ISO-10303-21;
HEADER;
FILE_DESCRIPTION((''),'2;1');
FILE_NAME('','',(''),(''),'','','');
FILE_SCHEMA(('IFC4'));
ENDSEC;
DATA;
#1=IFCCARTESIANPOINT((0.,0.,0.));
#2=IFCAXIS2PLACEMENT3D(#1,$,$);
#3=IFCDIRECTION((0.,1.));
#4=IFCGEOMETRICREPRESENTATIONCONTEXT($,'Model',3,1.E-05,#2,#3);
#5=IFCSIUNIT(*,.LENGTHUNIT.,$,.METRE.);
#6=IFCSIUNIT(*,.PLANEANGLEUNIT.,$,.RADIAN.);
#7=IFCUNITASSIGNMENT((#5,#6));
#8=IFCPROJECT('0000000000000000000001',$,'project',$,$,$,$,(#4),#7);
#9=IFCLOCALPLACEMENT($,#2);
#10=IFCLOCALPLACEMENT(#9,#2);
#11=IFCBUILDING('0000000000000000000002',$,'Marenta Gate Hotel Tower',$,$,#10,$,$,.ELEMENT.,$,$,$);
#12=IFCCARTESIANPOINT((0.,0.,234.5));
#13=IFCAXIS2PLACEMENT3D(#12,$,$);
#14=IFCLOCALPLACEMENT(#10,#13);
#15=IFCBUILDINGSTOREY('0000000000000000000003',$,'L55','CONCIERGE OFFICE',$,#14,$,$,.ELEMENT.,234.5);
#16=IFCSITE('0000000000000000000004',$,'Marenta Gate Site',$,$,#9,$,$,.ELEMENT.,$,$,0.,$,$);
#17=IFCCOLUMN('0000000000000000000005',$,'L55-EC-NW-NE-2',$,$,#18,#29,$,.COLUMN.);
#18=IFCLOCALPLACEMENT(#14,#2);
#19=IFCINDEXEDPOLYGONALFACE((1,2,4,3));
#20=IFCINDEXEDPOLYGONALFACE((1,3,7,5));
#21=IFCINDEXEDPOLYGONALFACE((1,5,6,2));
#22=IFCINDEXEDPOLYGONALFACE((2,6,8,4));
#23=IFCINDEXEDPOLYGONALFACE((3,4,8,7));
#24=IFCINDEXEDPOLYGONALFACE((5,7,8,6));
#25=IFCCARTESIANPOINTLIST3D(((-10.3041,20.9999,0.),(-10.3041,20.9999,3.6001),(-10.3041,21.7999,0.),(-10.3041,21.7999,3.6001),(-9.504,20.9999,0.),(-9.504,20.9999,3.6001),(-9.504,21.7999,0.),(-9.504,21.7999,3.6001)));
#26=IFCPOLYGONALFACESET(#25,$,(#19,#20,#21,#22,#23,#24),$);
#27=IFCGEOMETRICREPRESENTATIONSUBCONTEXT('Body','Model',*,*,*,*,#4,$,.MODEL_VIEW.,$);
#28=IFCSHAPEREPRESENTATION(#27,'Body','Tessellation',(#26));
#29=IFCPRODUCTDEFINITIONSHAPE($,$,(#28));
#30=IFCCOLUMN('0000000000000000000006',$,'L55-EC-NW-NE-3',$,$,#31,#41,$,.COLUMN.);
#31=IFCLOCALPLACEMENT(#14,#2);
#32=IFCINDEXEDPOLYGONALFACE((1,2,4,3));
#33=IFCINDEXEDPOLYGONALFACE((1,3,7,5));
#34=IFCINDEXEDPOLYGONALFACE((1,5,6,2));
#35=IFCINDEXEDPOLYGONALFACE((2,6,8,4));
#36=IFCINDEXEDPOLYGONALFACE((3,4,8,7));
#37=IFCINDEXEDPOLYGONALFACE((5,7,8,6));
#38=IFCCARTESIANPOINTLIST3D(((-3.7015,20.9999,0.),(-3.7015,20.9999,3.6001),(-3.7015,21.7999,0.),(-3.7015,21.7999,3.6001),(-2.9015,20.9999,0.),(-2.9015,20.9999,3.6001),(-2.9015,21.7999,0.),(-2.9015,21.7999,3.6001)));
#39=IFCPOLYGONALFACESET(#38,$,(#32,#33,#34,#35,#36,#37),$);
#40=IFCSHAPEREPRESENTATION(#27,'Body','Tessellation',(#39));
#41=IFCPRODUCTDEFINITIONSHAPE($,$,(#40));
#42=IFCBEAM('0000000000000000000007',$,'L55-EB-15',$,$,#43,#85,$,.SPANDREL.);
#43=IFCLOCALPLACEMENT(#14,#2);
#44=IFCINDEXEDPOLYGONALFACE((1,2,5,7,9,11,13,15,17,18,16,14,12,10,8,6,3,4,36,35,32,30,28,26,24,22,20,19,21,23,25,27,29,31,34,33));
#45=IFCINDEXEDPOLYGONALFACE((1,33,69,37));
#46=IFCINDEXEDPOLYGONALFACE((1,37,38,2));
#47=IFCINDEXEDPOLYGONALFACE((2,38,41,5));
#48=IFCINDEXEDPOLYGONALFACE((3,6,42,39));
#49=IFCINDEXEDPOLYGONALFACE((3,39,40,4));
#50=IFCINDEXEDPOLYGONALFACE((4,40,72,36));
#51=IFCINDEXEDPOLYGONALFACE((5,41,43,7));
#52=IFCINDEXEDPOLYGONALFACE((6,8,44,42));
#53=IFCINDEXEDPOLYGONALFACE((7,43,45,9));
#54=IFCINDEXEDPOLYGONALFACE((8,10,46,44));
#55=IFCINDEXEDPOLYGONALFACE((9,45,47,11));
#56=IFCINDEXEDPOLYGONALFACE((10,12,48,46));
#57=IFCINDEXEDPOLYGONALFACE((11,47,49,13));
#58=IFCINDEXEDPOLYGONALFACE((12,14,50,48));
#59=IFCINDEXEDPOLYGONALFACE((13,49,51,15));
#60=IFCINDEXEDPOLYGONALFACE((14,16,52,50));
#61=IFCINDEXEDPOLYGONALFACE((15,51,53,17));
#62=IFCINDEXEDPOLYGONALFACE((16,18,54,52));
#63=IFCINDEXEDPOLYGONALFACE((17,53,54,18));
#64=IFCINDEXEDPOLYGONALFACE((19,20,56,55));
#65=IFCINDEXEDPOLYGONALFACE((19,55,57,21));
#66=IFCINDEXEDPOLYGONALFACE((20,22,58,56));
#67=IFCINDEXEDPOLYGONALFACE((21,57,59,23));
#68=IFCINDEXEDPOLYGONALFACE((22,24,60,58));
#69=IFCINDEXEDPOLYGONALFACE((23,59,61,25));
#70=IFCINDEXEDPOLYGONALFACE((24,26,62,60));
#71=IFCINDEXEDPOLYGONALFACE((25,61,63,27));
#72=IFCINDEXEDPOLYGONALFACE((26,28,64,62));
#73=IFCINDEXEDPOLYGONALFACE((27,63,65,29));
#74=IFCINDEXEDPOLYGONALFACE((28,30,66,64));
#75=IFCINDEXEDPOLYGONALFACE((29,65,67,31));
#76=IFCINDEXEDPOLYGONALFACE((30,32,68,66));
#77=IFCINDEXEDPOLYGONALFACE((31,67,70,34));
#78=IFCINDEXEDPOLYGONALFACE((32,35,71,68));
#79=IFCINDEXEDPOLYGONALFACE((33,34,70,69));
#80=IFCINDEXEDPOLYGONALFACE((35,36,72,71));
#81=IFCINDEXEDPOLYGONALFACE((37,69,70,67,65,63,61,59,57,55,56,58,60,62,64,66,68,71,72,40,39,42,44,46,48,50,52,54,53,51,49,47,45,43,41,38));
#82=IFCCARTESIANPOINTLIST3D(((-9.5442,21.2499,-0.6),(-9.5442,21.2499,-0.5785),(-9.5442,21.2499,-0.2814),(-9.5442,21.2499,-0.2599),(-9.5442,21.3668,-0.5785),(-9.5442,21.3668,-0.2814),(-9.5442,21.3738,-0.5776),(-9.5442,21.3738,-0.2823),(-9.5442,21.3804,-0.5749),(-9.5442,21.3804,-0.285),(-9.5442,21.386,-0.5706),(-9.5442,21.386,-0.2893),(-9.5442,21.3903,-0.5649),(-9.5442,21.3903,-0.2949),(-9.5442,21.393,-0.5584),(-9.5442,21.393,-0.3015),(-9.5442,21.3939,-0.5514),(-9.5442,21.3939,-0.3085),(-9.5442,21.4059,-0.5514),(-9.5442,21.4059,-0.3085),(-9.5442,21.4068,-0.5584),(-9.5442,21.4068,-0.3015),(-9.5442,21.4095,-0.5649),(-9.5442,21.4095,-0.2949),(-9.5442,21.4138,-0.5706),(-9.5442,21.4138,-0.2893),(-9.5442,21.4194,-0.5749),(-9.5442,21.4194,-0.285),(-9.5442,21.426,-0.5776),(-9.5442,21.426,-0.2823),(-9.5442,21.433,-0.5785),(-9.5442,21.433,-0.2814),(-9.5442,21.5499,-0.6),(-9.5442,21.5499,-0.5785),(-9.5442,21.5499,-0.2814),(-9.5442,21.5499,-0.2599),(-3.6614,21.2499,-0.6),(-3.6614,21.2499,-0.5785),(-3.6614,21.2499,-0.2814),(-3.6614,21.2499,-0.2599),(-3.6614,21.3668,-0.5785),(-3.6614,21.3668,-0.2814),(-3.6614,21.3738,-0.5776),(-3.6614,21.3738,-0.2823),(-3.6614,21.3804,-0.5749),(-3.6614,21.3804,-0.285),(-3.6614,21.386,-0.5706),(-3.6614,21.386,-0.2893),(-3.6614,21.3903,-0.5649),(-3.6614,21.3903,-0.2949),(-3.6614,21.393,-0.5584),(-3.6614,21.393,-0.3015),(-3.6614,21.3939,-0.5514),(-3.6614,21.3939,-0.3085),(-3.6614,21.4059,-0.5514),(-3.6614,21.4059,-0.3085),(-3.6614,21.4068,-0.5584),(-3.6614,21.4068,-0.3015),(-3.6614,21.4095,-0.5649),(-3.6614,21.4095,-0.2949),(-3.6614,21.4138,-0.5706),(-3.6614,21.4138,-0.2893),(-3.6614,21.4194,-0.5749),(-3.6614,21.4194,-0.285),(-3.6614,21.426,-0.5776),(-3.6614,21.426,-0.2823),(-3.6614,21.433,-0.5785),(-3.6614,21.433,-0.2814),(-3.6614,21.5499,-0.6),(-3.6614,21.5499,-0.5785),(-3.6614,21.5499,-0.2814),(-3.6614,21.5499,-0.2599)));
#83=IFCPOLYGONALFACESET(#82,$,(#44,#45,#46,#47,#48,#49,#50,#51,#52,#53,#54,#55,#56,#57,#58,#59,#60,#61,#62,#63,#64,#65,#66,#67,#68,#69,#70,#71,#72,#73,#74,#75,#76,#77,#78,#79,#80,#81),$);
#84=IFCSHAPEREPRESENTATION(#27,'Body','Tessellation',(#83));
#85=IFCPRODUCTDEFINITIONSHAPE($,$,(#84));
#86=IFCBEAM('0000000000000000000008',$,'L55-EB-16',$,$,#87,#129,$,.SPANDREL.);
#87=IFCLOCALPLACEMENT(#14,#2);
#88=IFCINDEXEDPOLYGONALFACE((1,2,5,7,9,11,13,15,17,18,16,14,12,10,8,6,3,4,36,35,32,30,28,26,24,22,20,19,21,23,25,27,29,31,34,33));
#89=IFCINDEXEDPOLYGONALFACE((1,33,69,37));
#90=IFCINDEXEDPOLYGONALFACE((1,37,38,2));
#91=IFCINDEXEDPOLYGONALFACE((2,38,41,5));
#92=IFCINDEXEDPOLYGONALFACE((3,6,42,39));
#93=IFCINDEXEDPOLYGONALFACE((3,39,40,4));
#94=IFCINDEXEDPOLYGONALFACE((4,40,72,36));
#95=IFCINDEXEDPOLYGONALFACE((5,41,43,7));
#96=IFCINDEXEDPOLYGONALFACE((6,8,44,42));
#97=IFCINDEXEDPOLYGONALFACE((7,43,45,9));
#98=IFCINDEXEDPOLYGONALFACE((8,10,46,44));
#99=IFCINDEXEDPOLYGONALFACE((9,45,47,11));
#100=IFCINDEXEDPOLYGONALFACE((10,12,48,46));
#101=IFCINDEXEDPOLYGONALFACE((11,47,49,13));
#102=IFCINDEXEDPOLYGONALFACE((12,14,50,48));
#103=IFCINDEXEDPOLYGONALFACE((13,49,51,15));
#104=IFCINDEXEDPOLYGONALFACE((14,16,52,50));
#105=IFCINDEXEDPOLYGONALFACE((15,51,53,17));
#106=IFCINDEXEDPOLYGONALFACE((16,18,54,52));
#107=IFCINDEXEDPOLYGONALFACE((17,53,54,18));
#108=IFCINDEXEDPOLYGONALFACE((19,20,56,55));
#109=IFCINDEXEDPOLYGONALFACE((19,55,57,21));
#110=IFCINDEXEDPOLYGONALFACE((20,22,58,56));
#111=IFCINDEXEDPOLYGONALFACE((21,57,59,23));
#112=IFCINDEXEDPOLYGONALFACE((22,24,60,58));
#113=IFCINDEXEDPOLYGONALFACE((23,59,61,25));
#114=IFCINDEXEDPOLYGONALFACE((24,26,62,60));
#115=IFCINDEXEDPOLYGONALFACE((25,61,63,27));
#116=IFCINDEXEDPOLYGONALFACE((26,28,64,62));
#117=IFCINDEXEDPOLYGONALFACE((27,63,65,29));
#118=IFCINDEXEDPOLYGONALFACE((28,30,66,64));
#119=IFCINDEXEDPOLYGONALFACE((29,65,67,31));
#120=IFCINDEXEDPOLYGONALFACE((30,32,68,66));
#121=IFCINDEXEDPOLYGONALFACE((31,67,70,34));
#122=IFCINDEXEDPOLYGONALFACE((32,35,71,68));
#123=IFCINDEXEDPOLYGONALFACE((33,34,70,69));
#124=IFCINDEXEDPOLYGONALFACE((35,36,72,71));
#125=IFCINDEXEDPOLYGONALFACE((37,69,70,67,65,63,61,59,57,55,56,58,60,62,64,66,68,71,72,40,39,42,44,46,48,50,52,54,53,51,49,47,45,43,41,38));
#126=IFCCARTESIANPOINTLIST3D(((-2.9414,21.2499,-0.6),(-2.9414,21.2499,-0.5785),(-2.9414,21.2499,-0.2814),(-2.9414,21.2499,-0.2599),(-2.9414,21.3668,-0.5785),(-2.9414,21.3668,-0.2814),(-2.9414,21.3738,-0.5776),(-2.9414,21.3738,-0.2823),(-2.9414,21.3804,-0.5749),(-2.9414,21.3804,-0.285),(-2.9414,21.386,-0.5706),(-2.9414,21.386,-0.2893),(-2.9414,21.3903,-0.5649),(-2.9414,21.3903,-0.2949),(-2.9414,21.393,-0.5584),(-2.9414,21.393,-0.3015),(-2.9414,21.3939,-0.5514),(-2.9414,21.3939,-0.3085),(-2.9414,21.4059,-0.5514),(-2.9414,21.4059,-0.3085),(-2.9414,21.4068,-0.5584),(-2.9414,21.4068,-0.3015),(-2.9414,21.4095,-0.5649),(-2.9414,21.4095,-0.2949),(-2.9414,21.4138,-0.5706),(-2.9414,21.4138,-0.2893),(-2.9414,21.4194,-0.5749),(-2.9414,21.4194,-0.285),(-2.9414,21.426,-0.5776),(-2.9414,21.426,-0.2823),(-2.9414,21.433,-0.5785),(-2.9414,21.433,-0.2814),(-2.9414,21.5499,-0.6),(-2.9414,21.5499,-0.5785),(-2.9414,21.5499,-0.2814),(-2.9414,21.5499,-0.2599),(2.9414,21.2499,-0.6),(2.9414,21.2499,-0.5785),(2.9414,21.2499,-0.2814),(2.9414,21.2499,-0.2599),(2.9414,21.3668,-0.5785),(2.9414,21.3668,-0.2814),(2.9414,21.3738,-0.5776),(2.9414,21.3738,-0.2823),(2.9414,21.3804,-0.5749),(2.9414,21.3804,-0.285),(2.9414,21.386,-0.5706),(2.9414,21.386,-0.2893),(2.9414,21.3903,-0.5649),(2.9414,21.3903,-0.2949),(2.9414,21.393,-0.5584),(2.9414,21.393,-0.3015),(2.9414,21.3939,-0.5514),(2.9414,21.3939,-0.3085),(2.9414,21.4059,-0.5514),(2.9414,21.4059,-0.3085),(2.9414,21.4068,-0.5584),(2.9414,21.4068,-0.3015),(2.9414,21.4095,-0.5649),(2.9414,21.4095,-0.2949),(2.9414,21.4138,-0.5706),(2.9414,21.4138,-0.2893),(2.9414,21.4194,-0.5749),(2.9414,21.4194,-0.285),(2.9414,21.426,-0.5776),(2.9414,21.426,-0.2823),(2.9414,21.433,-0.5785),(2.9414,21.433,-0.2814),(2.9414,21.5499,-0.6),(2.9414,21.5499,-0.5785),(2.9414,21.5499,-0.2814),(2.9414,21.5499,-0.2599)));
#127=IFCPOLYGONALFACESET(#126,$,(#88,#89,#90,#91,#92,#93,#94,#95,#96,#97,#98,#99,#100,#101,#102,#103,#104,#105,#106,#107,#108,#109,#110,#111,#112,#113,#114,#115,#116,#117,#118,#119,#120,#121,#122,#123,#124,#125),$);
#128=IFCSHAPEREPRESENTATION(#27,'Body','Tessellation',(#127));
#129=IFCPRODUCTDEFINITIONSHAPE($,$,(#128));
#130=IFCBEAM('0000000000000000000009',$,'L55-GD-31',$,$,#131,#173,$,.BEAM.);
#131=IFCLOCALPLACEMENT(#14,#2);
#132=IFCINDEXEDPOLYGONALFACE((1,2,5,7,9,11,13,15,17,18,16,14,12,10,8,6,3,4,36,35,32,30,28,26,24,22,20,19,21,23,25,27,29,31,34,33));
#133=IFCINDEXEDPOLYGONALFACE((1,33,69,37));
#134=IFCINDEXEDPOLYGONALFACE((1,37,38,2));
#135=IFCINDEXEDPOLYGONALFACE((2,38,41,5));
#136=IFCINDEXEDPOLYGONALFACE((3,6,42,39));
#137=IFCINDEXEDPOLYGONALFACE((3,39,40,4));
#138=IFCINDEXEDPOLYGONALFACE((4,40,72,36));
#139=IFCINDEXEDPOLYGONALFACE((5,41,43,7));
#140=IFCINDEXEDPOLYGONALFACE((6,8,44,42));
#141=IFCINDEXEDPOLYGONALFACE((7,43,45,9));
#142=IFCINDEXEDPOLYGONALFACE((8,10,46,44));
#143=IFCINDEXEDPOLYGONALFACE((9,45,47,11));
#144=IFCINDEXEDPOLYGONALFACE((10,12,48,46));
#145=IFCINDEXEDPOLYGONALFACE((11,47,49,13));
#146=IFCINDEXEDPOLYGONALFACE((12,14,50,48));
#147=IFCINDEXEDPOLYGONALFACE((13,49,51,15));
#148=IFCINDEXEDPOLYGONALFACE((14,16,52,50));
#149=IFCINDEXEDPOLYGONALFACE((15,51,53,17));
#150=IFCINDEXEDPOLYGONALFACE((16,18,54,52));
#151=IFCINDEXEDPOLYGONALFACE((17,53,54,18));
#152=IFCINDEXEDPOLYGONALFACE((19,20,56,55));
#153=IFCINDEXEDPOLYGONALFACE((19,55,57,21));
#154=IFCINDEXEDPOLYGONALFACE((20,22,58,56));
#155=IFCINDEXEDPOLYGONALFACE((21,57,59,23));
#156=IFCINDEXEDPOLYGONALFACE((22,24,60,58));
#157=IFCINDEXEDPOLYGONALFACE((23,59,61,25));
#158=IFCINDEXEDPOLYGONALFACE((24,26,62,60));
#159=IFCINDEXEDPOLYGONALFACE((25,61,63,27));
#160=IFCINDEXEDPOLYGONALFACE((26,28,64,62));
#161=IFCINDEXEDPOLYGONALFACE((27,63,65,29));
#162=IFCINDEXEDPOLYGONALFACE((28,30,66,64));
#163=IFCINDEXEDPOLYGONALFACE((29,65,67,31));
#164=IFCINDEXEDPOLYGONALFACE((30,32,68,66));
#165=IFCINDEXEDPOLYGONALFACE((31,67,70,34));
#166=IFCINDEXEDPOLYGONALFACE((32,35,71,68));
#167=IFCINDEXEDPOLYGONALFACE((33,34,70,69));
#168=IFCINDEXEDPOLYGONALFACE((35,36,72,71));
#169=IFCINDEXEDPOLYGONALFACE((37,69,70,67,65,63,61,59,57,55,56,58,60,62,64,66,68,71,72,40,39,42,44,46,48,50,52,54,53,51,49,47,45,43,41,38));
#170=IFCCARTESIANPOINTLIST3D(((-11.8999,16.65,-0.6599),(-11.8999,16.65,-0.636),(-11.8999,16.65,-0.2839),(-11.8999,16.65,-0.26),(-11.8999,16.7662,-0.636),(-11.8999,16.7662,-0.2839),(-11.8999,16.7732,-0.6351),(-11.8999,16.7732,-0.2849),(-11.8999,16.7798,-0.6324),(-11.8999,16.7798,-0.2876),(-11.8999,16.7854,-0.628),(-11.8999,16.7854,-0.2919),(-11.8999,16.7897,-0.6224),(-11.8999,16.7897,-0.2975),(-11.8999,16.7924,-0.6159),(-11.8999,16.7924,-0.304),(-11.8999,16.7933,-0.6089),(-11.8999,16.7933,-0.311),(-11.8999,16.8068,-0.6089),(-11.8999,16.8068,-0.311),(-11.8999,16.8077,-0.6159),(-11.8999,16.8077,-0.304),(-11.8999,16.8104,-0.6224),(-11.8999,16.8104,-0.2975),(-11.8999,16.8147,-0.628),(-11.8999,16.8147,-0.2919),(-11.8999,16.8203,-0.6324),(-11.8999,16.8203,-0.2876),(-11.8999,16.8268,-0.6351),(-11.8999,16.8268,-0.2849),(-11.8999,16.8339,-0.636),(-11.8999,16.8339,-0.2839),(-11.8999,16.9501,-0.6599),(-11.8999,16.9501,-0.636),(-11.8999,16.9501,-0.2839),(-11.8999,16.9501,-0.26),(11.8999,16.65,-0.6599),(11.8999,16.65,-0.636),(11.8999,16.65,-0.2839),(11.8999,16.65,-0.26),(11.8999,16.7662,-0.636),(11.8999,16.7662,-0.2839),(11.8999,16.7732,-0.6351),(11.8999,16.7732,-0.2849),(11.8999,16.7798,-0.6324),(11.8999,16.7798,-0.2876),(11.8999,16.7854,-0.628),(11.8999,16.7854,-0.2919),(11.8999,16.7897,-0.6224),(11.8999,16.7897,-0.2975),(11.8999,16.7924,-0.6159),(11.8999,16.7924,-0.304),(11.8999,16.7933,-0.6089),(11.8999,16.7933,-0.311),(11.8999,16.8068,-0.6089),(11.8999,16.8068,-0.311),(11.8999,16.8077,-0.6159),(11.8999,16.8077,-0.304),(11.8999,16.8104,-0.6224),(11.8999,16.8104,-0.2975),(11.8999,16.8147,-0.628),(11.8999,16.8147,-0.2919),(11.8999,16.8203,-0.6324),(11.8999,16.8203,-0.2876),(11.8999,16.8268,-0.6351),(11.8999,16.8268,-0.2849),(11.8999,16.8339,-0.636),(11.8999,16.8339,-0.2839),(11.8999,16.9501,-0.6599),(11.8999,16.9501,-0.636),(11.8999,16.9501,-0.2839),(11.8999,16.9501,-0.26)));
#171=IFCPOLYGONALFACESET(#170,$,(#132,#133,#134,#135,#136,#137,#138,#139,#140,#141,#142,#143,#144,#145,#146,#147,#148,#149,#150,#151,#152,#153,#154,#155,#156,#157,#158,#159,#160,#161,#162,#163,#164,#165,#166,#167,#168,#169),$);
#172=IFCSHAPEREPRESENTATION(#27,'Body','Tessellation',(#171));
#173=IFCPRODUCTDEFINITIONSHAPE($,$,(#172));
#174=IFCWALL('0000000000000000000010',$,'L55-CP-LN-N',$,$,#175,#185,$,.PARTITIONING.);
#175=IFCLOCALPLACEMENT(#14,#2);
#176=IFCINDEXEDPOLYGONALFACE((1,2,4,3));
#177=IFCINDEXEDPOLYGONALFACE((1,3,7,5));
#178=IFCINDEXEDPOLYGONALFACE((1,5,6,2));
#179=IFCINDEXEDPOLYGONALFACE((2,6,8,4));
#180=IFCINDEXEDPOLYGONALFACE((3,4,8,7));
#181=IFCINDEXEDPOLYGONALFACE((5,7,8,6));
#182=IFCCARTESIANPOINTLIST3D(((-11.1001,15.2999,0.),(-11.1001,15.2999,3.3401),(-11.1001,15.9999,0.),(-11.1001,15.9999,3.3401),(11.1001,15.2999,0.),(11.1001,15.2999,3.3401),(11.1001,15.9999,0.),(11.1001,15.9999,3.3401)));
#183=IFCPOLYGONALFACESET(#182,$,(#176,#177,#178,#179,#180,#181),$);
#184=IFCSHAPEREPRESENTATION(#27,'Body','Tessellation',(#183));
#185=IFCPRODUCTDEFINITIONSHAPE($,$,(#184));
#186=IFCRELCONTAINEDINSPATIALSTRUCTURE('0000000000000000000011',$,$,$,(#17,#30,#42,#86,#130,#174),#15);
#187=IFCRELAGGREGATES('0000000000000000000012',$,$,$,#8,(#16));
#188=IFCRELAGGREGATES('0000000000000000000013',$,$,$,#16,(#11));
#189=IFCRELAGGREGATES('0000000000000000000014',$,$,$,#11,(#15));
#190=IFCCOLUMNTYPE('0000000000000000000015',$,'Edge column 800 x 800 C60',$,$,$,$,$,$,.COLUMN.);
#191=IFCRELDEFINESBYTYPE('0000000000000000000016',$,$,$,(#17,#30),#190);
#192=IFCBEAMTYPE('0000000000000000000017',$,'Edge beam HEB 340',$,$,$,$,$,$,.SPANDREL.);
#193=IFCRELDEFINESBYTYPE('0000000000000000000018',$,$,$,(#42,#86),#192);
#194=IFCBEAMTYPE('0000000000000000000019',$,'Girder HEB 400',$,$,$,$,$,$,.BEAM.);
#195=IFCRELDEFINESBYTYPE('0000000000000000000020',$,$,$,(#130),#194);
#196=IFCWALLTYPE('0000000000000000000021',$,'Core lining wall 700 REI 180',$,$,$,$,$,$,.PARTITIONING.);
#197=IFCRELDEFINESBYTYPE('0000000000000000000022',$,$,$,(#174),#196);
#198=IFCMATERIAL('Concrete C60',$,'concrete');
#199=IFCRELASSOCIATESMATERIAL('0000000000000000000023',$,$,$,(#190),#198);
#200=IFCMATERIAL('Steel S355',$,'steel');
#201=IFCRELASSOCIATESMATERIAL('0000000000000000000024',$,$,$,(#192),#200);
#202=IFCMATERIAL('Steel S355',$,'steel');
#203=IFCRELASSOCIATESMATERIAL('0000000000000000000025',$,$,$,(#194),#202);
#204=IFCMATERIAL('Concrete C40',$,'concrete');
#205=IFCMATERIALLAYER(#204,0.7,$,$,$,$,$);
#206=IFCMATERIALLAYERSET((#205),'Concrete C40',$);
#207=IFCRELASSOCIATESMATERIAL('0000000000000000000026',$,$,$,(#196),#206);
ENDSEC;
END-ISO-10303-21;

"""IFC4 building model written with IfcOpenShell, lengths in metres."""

from ifc_helpers import new_model, si_unit, direction, frame, frame_2d, origin, origin_2d, place, context, subcontext, project, spatial, rectangle, i_section, extrude, material, layer, layer_set, material_profile, profile_set, type_object, element, save


model = new_model("IFC4")

# Units and contexts
model_context = context("Model", 3, precision=1e-05, world=origin(), true_north=direction((0.0, 1.0)))
body_context = subcontext(model_context, "Body", "Model", "MODEL_VIEW")
ifc_project = project(units=[si_unit("LENGTHUNIT", "METRE"), si_unit("PLANEANGLEUNIT", "RADIAN")], contexts=[model_context])

# Site, building, storey
site_placement = place(None, origin())
site = spatial("IfcSite", under=ifc_project, at=site_placement, Name="Marenta Gate Site", CompositionType="ELEMENT", RefElevation=0.0)
building_placement = place(site_placement, origin())
building = spatial("IfcBuilding", under=site, at=building_placement, Name="Marenta Gate Hotel Tower", CompositionType="ELEMENT")
storey_placement = place(building_placement, frame((0.0, 0.0, 234.5)))
storey = spatial("IfcBuildingStorey", under=building, at=storey_placement, Name="L55", Description="CONCIERGE OFFICE", CompositionType="ELEMENT", Elevation=234.5)

# Columns
ifc_material_1 = material(Name="Concrete C60", Category="concrete")
ifc_material_profile_1 = material_profile(ifc_material_1, rectangle(XDim=0.8, YDim=0.8, at=origin_2d()), Name="800 x 800")
ifc_profile_set_1 = profile_set([ifc_material_profile_1], Name="Concrete C60")
column_type = type_object("IfcColumnType", Name="Edge column 800 x 800 C60", PredefinedType="COLUMN", material=ifc_profile_set_1)
for number, where, z_axis, x_axis, name in (
    (1, (-9.9041, 21.3999, 0.0), (0.0, 0.0, 1.0), (1.0, 0.0, 0.0), "L55-EC-NW-NE-2"),
    (2, (-3.3015, 21.3999, 0.0), (0.0, 0.0, 1.0), (1.0, 0.0, 0.0), "L55-EC-NW-NE-3"),
):
    element("IfcColumn", number, at=place(storey_placement, frame(where, z_axis=z_axis, x_axis=x_axis)), inside=storey, type_object=column_type, Name=name, PredefinedType="COLUMN", context=body_context, shape_type="SweptSolid", body=[
        extrude(rectangle(XDim=0.8, YDim=0.8, at=origin_2d()), origin(), (0.0, 0.0, 1.0), 3.6001),
    ])

# Beams
ifc_material_2 = material(Name="Steel S355", Category="steel")
ifc_material_profile_2 = material_profile(ifc_material_2, i_section(OverallWidth=0.3, OverallDepth=0.3401, WebThickness=0.012, FlangeThickness=0.0215, FilletRadius=0.0271, at=origin_2d()), Name="HEB 340")
ifc_profile_set_2 = profile_set([ifc_material_profile_2], Name="Steel S355")
beam_type_1 = type_object("IfcBeamType", Name="Edge beam HEB 340", PredefinedType="SPANDREL", material=ifc_profile_set_2)
for number, where, z_axis, x_axis, name in (
    (3, (-9.5442, 21.3999, -0.4299), (1.0, 0.0, 0.0), (0.0, 1.0, 0.0), "L55-EB-15"),
    (4, (-2.9414, 21.3999, -0.4299), (1.0, 0.0, 0.0), (0.0, 1.0, 0.0), "L55-EB-16"),
):
    element("IfcBeam", number, at=place(storey_placement, frame(where, z_axis=z_axis, x_axis=x_axis)), inside=storey, type_object=beam_type_1, Name=name, PredefinedType="SPANDREL", context=body_context, shape_type="SweptSolid", body=[
        extrude(i_section(OverallWidth=0.3, OverallDepth=0.3401, WebThickness=0.012, FlangeThickness=0.0215, FilletRadius=0.0271, at=origin_2d()), origin(), (0.0, 0.0, 1.0), 5.8828),
    ])
ifc_material_3 = material(Name="Steel S355", Category="steel")
ifc_material_profile_3 = material_profile(ifc_material_3, i_section(OverallWidth=0.3, OverallDepth=0.3999, WebThickness=0.0134, FlangeThickness=0.0239, FilletRadius=0.0271, at=origin_2d()), Name="HEB 400")
ifc_profile_set_3 = profile_set([ifc_material_profile_3], Name="Steel S355")
beam_type_2 = type_object("IfcBeamType", Name="Girder HEB 400", PredefinedType="BEAM", material=ifc_profile_set_3)
beam_placement = place(storey_placement, frame((-11.8999, 16.8, -0.46), z_axis=(1.0, 0.0, 0.0), x_axis=(0.0, 1.0, 0.0)))
element("IfcBeam", 5, at=beam_placement, inside=storey, type_object=beam_type_2, Name="L55-GD-31", PredefinedType="BEAM", context=body_context, shape_type="SweptSolid", body=[
    extrude(i_section(OverallWidth=0.3, OverallDepth=0.3999, WebThickness=0.0134, FlangeThickness=0.0239, FilletRadius=0.0271, at=origin_2d()), origin(), (0.0, 0.0, 1.0), 23.7998),
])

# Wall
ifc_material_4 = material(Name="Concrete C40", Category="concrete")
ifc_layer_1 = layer(ifc_material_4, 0.7)
ifc_layer_set_1 = layer_set([ifc_layer_1], Name="Concrete C40")
wall_type_1 = type_object("IfcWallType", Name="Core lining wall 700 REI 180", PredefinedType="PARTITIONING", material=ifc_layer_set_1)
wall_1_placement = place(storey_placement, frame((-11.1001, 15.6499, 0.0), z_axis=(0.0, 0.0, 1.0), x_axis=(1.0, 0.0, 0.0)))
element("IfcWall", 6, at=wall_1_placement, inside=storey, type_object=wall_type_1, Name="L55-CP-LN-N", PredefinedType="PARTITIONING", context=body_context, shape_type="SweptSolid", body=[
    extrude(rectangle(XDim=22.2002, YDim=0.7, at=frame_2d((11.1001, 0.0))), origin(), (0.0, 0.0, 1.0), 3.3401),
])

save(model, "model.ifc")
